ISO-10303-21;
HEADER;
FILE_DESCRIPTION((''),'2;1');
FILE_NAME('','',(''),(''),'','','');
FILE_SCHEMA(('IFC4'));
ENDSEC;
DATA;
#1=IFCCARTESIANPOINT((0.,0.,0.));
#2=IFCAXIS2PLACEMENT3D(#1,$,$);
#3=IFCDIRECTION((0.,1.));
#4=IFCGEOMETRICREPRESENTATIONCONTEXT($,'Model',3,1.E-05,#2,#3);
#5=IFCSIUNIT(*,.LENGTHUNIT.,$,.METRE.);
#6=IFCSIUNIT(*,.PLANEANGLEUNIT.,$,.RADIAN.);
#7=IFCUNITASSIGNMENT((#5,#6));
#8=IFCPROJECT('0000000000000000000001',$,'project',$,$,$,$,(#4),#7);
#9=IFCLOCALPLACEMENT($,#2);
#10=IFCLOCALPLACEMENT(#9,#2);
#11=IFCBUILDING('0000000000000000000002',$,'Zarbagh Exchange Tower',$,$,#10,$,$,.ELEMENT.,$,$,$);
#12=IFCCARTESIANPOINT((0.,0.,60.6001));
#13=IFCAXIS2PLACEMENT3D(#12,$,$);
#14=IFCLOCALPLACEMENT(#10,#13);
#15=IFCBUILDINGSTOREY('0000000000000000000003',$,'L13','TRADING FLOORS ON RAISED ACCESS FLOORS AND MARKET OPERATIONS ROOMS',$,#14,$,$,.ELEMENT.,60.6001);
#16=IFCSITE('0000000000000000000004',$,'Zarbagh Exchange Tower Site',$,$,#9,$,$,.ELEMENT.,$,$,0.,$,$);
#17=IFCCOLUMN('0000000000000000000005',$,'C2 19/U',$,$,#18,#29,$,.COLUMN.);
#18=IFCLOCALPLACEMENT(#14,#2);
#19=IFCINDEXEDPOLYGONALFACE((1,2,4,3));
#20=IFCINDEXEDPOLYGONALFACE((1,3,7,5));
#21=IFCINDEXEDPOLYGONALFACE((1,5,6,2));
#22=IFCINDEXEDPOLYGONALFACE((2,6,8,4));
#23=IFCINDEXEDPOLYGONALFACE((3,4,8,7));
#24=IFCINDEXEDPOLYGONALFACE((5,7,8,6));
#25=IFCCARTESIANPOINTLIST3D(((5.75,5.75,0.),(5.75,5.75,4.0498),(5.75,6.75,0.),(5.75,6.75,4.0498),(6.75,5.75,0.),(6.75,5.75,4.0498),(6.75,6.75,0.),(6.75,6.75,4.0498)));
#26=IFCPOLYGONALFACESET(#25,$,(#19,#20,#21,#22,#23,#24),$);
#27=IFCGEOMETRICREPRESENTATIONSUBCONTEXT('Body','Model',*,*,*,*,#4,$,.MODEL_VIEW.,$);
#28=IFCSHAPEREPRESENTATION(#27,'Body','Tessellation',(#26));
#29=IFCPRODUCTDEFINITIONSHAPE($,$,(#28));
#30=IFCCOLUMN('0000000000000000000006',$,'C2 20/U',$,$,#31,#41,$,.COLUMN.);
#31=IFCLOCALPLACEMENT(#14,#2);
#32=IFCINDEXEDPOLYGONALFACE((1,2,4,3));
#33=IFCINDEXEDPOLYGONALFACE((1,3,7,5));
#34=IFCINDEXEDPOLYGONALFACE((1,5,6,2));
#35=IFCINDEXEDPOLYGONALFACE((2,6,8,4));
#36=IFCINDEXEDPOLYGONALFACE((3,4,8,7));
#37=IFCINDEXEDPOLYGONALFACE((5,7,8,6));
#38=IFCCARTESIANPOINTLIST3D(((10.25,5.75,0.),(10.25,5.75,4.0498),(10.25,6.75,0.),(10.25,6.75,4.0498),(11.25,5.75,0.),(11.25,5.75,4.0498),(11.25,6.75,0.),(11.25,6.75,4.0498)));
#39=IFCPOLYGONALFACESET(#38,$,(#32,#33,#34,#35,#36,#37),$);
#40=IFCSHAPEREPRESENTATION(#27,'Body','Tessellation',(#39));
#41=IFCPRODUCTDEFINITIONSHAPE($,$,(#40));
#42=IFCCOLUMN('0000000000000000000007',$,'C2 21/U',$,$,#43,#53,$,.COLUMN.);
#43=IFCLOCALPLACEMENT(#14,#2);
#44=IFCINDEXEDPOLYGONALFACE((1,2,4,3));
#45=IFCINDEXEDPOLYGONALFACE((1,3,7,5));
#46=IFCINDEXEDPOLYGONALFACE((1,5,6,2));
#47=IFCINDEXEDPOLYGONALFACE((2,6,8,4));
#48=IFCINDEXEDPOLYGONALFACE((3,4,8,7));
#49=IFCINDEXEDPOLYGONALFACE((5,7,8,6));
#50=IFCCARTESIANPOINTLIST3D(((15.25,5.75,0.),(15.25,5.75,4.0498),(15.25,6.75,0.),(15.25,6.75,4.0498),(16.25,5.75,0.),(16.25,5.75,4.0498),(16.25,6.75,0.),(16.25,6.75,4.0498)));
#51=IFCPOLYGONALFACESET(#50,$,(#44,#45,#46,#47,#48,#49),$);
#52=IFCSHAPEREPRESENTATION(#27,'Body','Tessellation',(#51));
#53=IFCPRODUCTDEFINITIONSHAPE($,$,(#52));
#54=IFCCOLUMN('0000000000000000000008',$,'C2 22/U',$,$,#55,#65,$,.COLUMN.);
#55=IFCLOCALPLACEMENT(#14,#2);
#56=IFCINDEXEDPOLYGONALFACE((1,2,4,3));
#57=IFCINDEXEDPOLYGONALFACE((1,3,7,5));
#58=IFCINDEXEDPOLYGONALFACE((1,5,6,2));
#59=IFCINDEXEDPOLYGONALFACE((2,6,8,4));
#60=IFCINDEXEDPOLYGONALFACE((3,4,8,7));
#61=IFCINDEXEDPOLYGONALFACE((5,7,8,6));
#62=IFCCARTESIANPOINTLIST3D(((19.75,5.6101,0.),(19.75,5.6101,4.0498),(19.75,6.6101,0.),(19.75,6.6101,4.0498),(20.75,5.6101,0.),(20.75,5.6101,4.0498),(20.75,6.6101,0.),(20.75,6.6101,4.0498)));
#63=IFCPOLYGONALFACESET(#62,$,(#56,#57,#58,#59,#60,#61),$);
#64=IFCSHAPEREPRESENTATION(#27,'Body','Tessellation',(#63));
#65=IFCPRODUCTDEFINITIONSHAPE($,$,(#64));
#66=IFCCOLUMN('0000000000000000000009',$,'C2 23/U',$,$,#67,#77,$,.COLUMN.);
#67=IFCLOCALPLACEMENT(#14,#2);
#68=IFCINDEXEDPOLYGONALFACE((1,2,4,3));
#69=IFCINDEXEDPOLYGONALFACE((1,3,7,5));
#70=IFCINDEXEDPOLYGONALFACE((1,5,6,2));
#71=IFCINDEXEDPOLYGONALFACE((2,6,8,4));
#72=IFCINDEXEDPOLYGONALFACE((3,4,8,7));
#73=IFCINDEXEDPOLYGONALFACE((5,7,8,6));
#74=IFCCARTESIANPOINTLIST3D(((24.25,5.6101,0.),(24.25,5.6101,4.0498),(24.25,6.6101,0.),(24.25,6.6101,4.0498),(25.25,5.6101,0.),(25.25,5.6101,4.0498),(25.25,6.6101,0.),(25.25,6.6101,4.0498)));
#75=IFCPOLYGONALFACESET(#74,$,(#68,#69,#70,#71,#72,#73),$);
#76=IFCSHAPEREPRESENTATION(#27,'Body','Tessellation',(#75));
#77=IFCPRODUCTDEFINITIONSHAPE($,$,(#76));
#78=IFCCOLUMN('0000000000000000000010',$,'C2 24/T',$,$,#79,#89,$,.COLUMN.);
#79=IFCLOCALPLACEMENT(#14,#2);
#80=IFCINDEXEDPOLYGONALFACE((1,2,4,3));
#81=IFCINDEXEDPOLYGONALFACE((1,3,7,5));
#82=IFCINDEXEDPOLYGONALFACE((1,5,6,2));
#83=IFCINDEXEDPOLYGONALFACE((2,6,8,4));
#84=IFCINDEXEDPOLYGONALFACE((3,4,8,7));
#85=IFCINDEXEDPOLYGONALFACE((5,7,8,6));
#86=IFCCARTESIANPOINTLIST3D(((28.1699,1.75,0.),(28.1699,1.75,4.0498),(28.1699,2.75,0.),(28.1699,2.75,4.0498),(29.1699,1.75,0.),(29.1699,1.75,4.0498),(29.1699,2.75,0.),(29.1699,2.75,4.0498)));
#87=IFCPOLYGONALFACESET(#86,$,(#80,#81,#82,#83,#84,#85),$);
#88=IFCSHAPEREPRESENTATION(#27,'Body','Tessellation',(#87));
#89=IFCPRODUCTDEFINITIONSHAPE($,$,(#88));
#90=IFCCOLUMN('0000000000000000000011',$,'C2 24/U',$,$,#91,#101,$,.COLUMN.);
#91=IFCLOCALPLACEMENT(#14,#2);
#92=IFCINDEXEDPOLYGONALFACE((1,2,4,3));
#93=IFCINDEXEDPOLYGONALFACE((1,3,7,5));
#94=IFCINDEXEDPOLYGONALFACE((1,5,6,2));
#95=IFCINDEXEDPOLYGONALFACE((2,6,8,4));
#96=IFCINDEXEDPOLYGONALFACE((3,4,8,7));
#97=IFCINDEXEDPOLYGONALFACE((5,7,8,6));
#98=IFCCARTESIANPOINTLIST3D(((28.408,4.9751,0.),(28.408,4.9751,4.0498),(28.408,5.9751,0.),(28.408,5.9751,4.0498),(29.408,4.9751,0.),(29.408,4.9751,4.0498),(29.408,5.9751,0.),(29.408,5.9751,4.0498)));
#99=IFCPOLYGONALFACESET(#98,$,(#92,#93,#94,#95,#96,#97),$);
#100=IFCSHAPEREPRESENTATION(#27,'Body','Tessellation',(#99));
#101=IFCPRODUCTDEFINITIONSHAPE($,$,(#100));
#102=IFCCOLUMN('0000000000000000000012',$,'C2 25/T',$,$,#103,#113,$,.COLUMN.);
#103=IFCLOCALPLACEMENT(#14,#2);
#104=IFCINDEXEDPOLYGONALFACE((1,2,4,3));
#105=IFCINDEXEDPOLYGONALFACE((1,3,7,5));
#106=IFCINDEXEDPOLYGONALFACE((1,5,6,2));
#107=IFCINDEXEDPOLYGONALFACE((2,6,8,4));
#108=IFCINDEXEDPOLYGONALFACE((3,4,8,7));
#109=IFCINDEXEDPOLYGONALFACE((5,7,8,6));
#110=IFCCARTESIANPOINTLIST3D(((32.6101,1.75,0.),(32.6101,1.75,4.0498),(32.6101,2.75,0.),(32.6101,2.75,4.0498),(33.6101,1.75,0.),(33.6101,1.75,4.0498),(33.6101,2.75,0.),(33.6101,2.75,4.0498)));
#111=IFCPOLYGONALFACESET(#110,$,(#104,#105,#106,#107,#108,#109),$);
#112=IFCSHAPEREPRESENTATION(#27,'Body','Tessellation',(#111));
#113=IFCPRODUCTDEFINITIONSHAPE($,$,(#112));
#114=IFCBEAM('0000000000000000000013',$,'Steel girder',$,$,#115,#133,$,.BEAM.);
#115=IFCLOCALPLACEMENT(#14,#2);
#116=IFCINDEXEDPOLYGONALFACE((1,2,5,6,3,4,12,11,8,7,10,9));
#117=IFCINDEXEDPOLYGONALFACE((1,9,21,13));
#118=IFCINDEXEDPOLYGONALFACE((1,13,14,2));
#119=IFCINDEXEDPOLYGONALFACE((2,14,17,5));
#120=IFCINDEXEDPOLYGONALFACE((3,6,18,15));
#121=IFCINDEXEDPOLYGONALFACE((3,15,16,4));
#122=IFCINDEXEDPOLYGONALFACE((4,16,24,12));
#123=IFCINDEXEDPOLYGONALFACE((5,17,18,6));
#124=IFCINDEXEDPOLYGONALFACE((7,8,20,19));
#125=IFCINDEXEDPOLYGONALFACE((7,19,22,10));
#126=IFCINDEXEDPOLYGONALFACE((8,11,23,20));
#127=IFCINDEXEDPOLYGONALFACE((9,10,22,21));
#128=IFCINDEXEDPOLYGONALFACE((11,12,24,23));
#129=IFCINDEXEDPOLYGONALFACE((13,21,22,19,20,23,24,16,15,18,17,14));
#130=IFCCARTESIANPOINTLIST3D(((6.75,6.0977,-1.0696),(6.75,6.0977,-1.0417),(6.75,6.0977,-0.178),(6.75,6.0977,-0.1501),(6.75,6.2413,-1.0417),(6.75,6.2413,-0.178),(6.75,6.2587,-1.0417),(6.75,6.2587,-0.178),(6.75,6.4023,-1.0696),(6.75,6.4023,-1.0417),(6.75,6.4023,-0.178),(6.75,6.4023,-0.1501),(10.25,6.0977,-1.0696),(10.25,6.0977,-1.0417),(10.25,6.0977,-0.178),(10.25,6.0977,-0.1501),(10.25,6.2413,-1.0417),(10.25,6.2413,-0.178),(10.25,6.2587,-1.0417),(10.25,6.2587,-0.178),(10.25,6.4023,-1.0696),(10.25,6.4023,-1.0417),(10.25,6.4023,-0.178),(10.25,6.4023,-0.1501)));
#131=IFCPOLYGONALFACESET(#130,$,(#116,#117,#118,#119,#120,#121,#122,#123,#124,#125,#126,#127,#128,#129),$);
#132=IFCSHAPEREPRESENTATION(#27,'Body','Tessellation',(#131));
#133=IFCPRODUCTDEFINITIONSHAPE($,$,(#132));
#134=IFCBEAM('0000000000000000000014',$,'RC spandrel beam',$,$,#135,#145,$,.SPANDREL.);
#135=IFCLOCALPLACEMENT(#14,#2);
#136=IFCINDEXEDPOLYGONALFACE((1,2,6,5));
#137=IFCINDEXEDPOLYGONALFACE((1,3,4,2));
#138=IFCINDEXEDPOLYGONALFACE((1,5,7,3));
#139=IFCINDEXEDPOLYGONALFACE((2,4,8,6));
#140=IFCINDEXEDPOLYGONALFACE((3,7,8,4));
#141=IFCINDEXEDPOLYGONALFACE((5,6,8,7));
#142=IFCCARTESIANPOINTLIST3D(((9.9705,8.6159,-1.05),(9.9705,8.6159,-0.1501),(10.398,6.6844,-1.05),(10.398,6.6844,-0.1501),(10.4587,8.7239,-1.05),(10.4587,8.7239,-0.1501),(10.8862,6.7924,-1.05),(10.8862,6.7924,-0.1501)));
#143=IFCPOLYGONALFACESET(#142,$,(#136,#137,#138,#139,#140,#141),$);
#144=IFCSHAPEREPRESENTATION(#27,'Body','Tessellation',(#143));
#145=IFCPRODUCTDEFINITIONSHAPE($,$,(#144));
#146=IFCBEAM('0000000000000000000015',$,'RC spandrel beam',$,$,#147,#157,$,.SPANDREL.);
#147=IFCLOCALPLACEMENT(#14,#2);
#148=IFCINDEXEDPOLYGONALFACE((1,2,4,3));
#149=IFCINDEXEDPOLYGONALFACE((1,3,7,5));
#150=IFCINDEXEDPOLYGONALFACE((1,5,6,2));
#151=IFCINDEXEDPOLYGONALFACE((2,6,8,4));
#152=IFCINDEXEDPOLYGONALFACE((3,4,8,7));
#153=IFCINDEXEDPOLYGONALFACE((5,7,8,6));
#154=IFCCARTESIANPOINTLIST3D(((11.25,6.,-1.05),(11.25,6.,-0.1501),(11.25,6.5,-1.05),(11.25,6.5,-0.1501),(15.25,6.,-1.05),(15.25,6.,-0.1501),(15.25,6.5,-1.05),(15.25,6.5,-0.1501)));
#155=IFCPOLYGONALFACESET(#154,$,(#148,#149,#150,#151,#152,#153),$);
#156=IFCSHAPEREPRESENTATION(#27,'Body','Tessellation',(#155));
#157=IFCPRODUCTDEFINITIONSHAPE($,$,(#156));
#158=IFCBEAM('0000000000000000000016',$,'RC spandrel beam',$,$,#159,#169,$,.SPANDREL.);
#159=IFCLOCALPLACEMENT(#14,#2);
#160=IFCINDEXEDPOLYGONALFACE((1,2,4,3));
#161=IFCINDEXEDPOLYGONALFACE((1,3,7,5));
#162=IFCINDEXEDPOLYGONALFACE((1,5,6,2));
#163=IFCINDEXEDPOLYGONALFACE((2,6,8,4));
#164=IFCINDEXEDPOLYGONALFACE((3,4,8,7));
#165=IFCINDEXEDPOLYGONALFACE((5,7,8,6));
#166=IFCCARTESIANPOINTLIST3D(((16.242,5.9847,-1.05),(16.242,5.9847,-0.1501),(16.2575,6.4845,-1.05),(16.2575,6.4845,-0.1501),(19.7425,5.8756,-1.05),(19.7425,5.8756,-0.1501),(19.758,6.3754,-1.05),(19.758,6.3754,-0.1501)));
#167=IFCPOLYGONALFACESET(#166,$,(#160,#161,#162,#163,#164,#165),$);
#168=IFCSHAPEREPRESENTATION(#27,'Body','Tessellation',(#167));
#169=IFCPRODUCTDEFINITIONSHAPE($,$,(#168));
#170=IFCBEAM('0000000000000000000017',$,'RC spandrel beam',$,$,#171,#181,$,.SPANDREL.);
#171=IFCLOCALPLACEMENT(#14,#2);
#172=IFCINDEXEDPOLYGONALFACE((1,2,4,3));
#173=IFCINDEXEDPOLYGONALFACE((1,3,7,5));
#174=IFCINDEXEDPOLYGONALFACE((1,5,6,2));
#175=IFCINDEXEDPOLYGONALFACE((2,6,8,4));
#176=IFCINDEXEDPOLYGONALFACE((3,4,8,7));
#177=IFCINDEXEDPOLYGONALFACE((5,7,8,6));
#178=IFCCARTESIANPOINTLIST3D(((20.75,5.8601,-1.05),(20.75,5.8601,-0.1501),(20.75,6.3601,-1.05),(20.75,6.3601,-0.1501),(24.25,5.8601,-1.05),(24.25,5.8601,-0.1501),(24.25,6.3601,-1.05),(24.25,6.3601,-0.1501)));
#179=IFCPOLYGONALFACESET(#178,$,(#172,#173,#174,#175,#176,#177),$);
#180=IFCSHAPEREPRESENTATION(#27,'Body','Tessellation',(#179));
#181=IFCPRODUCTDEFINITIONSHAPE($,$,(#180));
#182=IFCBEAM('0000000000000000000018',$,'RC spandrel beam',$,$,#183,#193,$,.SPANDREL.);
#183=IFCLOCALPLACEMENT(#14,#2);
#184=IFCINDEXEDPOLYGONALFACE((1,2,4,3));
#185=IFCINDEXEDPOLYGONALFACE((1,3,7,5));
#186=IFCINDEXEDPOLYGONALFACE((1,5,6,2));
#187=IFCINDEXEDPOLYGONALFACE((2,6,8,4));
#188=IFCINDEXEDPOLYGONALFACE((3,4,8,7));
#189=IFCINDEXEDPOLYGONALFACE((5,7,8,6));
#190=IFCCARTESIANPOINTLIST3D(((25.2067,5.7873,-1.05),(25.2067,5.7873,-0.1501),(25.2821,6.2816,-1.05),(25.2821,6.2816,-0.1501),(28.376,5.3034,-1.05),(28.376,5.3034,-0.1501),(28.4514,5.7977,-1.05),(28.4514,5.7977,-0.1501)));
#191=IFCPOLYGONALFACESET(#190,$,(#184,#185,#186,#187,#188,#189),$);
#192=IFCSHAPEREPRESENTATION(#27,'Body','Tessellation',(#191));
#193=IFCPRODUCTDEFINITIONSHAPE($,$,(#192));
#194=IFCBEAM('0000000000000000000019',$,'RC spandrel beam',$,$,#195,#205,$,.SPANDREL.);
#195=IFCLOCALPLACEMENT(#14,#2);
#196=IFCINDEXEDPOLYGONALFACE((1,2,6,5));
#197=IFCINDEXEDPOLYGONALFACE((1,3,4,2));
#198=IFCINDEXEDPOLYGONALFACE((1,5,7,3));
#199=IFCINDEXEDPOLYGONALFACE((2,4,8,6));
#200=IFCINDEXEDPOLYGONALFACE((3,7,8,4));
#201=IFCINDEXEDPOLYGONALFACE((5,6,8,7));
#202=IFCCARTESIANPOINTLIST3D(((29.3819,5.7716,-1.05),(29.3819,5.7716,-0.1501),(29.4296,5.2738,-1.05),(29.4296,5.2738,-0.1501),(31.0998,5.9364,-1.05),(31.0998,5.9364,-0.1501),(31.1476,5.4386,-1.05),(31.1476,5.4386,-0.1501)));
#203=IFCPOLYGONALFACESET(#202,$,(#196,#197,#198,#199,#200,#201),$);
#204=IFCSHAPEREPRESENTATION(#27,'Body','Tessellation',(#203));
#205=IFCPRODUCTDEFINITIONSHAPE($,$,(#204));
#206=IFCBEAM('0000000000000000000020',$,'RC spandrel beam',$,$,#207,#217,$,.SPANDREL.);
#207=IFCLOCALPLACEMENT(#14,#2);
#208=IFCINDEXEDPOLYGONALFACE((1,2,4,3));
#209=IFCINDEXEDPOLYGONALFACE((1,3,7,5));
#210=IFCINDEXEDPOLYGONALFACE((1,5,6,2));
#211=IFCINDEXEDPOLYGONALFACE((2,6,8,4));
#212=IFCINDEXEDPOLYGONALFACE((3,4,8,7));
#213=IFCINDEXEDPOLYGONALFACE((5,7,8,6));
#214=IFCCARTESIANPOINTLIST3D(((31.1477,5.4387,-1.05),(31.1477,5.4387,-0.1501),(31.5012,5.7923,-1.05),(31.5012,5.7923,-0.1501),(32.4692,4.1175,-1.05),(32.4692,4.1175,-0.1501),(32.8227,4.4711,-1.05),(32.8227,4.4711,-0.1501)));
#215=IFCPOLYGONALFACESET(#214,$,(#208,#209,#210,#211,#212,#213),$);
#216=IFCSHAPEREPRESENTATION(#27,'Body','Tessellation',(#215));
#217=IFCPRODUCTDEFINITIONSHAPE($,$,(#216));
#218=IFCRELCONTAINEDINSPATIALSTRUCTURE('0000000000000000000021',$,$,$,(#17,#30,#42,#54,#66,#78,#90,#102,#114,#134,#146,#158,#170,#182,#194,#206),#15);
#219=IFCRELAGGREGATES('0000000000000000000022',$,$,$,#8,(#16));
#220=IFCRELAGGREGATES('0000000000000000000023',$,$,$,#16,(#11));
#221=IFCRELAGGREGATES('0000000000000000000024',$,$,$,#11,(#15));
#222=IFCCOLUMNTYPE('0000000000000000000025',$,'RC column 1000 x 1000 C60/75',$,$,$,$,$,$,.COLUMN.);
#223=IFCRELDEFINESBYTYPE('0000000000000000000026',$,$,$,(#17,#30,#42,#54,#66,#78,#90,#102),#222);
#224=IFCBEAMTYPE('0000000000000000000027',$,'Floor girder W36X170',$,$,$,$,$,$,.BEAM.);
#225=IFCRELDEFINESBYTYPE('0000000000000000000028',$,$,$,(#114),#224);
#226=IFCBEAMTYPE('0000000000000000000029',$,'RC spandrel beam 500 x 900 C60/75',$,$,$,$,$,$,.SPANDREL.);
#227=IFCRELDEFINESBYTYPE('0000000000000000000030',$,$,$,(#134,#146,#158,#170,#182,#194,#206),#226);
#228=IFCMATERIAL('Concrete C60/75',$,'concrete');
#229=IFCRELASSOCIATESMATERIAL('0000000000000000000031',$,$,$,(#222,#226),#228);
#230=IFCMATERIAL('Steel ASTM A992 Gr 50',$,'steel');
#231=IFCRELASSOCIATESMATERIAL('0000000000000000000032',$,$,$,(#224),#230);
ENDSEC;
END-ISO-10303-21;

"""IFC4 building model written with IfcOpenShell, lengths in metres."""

from ifc_helpers import new_model, si_unit, direction, frame, origin, origin_2d, place, context, subcontext, project, spatial, rectangle, i_section, extrude, material, material_profile, profile_set, type_object, element, save


model = new_model("IFC4")

# Units and contexts
model_context = context("Model", 3, precision=1e-05, world=origin(), true_north=direction((0.0, 1.0)))
body_context = subcontext(model_context, "Body", "Model", "MODEL_VIEW")
ifc_project = project(units=[si_unit("LENGTHUNIT", "METRE"), si_unit("PLANEANGLEUNIT", "RADIAN")], contexts=[model_context])

# Site, building, storey
site_placement = place(None, origin())
site = spatial("IfcSite", under=ifc_project, at=site_placement, Name="Zarbagh Exchange Tower Site", CompositionType="ELEMENT", RefElevation=0.0)
building_placement = place(site_placement, origin())
building = spatial("IfcBuilding", under=site, at=building_placement, Name="Zarbagh Exchange Tower", CompositionType="ELEMENT")
storey_placement = place(building_placement, frame((0.0, 0.0, 60.6001)))
storey = spatial("IfcBuildingStorey", under=building, at=storey_placement, Name="L13", Description="TRADING FLOORS ON RAISED ACCESS FLOORS AND MARKET OPERATIONS ROOMS", CompositionType="ELEMENT", Elevation=60.6001)

# Columns
ifc_material_1 = material(Name="Concrete C60/75", Category="concrete")
ifc_material_profile_1 = material_profile(ifc_material_1, rectangle(XDim=1.0, YDim=1.0, at=origin_2d()), Name="RC column 1000 x 1000 C60/75")
ifc_profile_set_1 = profile_set([ifc_material_profile_1], Name="Concrete C60/75")
column_type = type_object("IfcColumnType", Name="RC column 1000 x 1000 C60/75", PredefinedType="COLUMN", material=ifc_profile_set_1)
for number, where, z_axis, x_axis, name in (
    (1, (6.25, 6.25, 0.0), (0.0, 0.0, 1.0), (1.0, 0.0, 0.0), "C2 19/U"),
    (2, (10.75, 6.25, 0.0), (0.0, 0.0, 1.0), (1.0, 0.0, 0.0), "C2 20/U"),
    (3, (15.75, 6.25, 0.0), (0.0, 0.0, 1.0), (1.0, 0.0, 0.0), "C2 21/U"),
    (4, (20.25, 6.1101, 0.0), (0.0, 0.0, 1.0), (1.0, 0.0, 0.0), "C2 22/U"),
    (5, (24.75, 6.1101, 0.0), (0.0, 0.0, 1.0), (1.0, 0.0, 0.0), "C2 23/U"),
    (6, (28.6699, 2.25, 0.0), (0.0, 0.0, 1.0), (1.0, 0.0, 0.0), "C2 24/T"),
    (7, (28.908, 5.4751, 0.0), (0.0, 0.0, 1.0), (1.0, 0.0, 0.0), "C2 24/U"),
    (8, (33.1101, 2.25, 0.0), (0.0, 0.0, 1.0), (1.0, 0.0, 0.0), "C2 25/T"),
):
    element("IfcColumn", number, at=place(storey_placement, frame(where, z_axis=z_axis, x_axis=x_axis)), inside=storey, type_object=column_type, Name=name, PredefinedType="COLUMN", context=body_context, shape_type="SweptSolid", body=[
        extrude(rectangle(XDim=1.0, YDim=1.0, at=origin_2d()), origin(), (0.0, 0.0, 1.0), 4.0498),
    ])

# Beams
ifc_material_2 = material(Name="Steel ASTM A992 Gr 50", Category="steel")
ifc_material_profile_2 = material_profile(ifc_material_2, i_section(OverallWidth=0.3047, OverallDepth=0.9194, WebThickness=0.0173, FlangeThickness=0.0278, at=origin_2d()), Name="W36X170")
ifc_profile_set_2 = profile_set([ifc_material_profile_2], Name="Steel ASTM A992 Gr 50")
beam_type_1 = type_object("IfcBeamType", Name="Floor girder W36X170", PredefinedType="BEAM", material=ifc_profile_set_2)
beam_1_placement = place(storey_placement, frame((6.75, 6.25, -0.6099), z_axis=(1.0, 0.0, 0.0), x_axis=(0.0, 1.0, 0.0)))
element("IfcBeam", 9, at=beam_1_placement, inside=storey, type_object=beam_type_1, Name="Steel girder", PredefinedType="BEAM", context=body_context, shape_type="SweptSolid", body=[
    extrude(i_section(OverallWidth=0.3047, OverallDepth=0.9194, WebThickness=0.0173, FlangeThickness=0.0278, at=origin_2d()), origin(), (0.0, 0.0, 1.0), 3.5),
])
ifc_material_profile_3 = material_profile(ifc_material_1, rectangle(XDim=0.5, YDim=0.8999, at=origin_2d()), Name="RC spandrel beam 500 x 900 C60/75")
ifc_profile_set_3 = profile_set([ifc_material_profile_3], Name="Concrete C60/75")
beam_type_2 = type_object("IfcBeamType", Name="RC spandrel beam 500 x 900 C60/75", PredefinedType="SPANDREL", material=ifc_profile_set_3)
beam_2_placement = place(storey_placement, frame((10.2146, 8.6699, -0.6001), z_axis=(0.216081, -0.976375, 0.0), x_axis=(0.976375, 0.216081, 0.0)))
element("IfcBeam", 10, at=beam_2_placement, inside=storey, type_object=beam_type_2, Name="RC spandrel beam", PredefinedType="SPANDREL", context=body_context, shape_type="SweptSolid", body=[
    extrude(rectangle(XDim=0.5, YDim=0.8999, at=origin_2d()), origin(), (0.0, 0.0, 1.0), 1.9783),
])
beam_3_placement = place(storey_placement, frame((11.25, 6.25, -0.6001), z_axis=(1.0, 0.0, 0.0), x_axis=(0.0, 1.0, 0.0)))
element("IfcBeam", 11, at=beam_3_placement, inside=storey, type_object=beam_type_2, Name="RC spandrel beam", PredefinedType="SPANDREL", context=body_context, shape_type="SweptSolid", body=[
    extrude(rectangle(XDim=0.5, YDim=0.8999, at=origin_2d()), origin(), (0.0, 0.0, 1.0), 4.0),
])
beam_4_placement = place(storey_placement, frame((16.2498, 6.2346, -0.6001), z_axis=(0.999514, -0.031161, 0.0), x_axis=(0.031161, 0.999514, 0.0)))
element("IfcBeam", 12, at=beam_4_placement, inside=storey, type_object=beam_type_2, Name="RC spandrel beam", PredefinedType="SPANDREL", context=body_context, shape_type="SweptSolid", body=[
    extrude(rectangle(XDim=0.5, YDim=0.8999, at=origin_2d()), origin(), (0.0, 0.0, 1.0), 3.5022),
])
beam_5_placement = place(storey_placement, frame((20.75, 6.1101, -0.6001), z_axis=(1.0, 0.0, 0.0), x_axis=(0.0, 1.0, 0.0)))
element("IfcBeam", 13, at=beam_5_placement, inside=storey, type_object=beam_type_2, Name="RC spandrel beam", PredefinedType="SPANDREL", context=body_context, shape_type="SweptSolid", body=[
    extrude(rectangle(XDim=0.5, YDim=0.8999, at=origin_2d()), origin(), (0.0, 0.0, 1.0), 3.5),
])
beam_6_placement = place(storey_placement, frame((25.2444, 6.0344, -0.6001), z_axis=(0.988545, -0.150924, 0.0), x_axis=(0.150924, 0.988545, 0.0)))
element("IfcBeam", 14, at=beam_6_placement, inside=storey, type_object=beam_type_2, Name="RC spandrel beam", PredefinedType="SPANDREL", context=body_context, shape_type="SweptSolid", body=[
    extrude(rectangle(XDim=0.5, YDim=0.8999, at=origin_2d()), origin(), (0.0, 0.0, 1.0), 3.2061),
])
beam_7_placement = place(storey_placement, frame((29.4058, 5.5227, -0.6001), z_axis=(0.995431, 0.095483, 0.0), x_axis=(-0.095483, 0.995431, 0.0)))
element("IfcBeam", 15, at=beam_7_placement, inside=storey, type_object=beam_type_2, Name="RC spandrel beam", PredefinedType="SPANDREL", context=body_context, shape_type="SweptSolid", body=[
    extrude(rectangle(XDim=0.5, YDim=0.8999, at=origin_2d()), origin(), (0.0, 0.0, 1.0), 1.7258),
])
beam_8_placement = place(storey_placement, frame((31.3245, 5.6155, -0.6001), z_axis=(0.707172, -0.707041, 0.0), x_axis=(0.707041, 0.707172, 0.0)))
element("IfcBeam", 16, at=beam_8_placement, inside=storey, type_object=beam_type_2, Name="RC spandrel beam", PredefinedType="SPANDREL", context=body_context, shape_type="SweptSolid", body=[
    extrude(rectangle(XDim=0.5, YDim=0.8999, at=origin_2d()), origin(), (0.0, 0.0, 1.0), 1.8687),
])

save(model, "model.ifc")
